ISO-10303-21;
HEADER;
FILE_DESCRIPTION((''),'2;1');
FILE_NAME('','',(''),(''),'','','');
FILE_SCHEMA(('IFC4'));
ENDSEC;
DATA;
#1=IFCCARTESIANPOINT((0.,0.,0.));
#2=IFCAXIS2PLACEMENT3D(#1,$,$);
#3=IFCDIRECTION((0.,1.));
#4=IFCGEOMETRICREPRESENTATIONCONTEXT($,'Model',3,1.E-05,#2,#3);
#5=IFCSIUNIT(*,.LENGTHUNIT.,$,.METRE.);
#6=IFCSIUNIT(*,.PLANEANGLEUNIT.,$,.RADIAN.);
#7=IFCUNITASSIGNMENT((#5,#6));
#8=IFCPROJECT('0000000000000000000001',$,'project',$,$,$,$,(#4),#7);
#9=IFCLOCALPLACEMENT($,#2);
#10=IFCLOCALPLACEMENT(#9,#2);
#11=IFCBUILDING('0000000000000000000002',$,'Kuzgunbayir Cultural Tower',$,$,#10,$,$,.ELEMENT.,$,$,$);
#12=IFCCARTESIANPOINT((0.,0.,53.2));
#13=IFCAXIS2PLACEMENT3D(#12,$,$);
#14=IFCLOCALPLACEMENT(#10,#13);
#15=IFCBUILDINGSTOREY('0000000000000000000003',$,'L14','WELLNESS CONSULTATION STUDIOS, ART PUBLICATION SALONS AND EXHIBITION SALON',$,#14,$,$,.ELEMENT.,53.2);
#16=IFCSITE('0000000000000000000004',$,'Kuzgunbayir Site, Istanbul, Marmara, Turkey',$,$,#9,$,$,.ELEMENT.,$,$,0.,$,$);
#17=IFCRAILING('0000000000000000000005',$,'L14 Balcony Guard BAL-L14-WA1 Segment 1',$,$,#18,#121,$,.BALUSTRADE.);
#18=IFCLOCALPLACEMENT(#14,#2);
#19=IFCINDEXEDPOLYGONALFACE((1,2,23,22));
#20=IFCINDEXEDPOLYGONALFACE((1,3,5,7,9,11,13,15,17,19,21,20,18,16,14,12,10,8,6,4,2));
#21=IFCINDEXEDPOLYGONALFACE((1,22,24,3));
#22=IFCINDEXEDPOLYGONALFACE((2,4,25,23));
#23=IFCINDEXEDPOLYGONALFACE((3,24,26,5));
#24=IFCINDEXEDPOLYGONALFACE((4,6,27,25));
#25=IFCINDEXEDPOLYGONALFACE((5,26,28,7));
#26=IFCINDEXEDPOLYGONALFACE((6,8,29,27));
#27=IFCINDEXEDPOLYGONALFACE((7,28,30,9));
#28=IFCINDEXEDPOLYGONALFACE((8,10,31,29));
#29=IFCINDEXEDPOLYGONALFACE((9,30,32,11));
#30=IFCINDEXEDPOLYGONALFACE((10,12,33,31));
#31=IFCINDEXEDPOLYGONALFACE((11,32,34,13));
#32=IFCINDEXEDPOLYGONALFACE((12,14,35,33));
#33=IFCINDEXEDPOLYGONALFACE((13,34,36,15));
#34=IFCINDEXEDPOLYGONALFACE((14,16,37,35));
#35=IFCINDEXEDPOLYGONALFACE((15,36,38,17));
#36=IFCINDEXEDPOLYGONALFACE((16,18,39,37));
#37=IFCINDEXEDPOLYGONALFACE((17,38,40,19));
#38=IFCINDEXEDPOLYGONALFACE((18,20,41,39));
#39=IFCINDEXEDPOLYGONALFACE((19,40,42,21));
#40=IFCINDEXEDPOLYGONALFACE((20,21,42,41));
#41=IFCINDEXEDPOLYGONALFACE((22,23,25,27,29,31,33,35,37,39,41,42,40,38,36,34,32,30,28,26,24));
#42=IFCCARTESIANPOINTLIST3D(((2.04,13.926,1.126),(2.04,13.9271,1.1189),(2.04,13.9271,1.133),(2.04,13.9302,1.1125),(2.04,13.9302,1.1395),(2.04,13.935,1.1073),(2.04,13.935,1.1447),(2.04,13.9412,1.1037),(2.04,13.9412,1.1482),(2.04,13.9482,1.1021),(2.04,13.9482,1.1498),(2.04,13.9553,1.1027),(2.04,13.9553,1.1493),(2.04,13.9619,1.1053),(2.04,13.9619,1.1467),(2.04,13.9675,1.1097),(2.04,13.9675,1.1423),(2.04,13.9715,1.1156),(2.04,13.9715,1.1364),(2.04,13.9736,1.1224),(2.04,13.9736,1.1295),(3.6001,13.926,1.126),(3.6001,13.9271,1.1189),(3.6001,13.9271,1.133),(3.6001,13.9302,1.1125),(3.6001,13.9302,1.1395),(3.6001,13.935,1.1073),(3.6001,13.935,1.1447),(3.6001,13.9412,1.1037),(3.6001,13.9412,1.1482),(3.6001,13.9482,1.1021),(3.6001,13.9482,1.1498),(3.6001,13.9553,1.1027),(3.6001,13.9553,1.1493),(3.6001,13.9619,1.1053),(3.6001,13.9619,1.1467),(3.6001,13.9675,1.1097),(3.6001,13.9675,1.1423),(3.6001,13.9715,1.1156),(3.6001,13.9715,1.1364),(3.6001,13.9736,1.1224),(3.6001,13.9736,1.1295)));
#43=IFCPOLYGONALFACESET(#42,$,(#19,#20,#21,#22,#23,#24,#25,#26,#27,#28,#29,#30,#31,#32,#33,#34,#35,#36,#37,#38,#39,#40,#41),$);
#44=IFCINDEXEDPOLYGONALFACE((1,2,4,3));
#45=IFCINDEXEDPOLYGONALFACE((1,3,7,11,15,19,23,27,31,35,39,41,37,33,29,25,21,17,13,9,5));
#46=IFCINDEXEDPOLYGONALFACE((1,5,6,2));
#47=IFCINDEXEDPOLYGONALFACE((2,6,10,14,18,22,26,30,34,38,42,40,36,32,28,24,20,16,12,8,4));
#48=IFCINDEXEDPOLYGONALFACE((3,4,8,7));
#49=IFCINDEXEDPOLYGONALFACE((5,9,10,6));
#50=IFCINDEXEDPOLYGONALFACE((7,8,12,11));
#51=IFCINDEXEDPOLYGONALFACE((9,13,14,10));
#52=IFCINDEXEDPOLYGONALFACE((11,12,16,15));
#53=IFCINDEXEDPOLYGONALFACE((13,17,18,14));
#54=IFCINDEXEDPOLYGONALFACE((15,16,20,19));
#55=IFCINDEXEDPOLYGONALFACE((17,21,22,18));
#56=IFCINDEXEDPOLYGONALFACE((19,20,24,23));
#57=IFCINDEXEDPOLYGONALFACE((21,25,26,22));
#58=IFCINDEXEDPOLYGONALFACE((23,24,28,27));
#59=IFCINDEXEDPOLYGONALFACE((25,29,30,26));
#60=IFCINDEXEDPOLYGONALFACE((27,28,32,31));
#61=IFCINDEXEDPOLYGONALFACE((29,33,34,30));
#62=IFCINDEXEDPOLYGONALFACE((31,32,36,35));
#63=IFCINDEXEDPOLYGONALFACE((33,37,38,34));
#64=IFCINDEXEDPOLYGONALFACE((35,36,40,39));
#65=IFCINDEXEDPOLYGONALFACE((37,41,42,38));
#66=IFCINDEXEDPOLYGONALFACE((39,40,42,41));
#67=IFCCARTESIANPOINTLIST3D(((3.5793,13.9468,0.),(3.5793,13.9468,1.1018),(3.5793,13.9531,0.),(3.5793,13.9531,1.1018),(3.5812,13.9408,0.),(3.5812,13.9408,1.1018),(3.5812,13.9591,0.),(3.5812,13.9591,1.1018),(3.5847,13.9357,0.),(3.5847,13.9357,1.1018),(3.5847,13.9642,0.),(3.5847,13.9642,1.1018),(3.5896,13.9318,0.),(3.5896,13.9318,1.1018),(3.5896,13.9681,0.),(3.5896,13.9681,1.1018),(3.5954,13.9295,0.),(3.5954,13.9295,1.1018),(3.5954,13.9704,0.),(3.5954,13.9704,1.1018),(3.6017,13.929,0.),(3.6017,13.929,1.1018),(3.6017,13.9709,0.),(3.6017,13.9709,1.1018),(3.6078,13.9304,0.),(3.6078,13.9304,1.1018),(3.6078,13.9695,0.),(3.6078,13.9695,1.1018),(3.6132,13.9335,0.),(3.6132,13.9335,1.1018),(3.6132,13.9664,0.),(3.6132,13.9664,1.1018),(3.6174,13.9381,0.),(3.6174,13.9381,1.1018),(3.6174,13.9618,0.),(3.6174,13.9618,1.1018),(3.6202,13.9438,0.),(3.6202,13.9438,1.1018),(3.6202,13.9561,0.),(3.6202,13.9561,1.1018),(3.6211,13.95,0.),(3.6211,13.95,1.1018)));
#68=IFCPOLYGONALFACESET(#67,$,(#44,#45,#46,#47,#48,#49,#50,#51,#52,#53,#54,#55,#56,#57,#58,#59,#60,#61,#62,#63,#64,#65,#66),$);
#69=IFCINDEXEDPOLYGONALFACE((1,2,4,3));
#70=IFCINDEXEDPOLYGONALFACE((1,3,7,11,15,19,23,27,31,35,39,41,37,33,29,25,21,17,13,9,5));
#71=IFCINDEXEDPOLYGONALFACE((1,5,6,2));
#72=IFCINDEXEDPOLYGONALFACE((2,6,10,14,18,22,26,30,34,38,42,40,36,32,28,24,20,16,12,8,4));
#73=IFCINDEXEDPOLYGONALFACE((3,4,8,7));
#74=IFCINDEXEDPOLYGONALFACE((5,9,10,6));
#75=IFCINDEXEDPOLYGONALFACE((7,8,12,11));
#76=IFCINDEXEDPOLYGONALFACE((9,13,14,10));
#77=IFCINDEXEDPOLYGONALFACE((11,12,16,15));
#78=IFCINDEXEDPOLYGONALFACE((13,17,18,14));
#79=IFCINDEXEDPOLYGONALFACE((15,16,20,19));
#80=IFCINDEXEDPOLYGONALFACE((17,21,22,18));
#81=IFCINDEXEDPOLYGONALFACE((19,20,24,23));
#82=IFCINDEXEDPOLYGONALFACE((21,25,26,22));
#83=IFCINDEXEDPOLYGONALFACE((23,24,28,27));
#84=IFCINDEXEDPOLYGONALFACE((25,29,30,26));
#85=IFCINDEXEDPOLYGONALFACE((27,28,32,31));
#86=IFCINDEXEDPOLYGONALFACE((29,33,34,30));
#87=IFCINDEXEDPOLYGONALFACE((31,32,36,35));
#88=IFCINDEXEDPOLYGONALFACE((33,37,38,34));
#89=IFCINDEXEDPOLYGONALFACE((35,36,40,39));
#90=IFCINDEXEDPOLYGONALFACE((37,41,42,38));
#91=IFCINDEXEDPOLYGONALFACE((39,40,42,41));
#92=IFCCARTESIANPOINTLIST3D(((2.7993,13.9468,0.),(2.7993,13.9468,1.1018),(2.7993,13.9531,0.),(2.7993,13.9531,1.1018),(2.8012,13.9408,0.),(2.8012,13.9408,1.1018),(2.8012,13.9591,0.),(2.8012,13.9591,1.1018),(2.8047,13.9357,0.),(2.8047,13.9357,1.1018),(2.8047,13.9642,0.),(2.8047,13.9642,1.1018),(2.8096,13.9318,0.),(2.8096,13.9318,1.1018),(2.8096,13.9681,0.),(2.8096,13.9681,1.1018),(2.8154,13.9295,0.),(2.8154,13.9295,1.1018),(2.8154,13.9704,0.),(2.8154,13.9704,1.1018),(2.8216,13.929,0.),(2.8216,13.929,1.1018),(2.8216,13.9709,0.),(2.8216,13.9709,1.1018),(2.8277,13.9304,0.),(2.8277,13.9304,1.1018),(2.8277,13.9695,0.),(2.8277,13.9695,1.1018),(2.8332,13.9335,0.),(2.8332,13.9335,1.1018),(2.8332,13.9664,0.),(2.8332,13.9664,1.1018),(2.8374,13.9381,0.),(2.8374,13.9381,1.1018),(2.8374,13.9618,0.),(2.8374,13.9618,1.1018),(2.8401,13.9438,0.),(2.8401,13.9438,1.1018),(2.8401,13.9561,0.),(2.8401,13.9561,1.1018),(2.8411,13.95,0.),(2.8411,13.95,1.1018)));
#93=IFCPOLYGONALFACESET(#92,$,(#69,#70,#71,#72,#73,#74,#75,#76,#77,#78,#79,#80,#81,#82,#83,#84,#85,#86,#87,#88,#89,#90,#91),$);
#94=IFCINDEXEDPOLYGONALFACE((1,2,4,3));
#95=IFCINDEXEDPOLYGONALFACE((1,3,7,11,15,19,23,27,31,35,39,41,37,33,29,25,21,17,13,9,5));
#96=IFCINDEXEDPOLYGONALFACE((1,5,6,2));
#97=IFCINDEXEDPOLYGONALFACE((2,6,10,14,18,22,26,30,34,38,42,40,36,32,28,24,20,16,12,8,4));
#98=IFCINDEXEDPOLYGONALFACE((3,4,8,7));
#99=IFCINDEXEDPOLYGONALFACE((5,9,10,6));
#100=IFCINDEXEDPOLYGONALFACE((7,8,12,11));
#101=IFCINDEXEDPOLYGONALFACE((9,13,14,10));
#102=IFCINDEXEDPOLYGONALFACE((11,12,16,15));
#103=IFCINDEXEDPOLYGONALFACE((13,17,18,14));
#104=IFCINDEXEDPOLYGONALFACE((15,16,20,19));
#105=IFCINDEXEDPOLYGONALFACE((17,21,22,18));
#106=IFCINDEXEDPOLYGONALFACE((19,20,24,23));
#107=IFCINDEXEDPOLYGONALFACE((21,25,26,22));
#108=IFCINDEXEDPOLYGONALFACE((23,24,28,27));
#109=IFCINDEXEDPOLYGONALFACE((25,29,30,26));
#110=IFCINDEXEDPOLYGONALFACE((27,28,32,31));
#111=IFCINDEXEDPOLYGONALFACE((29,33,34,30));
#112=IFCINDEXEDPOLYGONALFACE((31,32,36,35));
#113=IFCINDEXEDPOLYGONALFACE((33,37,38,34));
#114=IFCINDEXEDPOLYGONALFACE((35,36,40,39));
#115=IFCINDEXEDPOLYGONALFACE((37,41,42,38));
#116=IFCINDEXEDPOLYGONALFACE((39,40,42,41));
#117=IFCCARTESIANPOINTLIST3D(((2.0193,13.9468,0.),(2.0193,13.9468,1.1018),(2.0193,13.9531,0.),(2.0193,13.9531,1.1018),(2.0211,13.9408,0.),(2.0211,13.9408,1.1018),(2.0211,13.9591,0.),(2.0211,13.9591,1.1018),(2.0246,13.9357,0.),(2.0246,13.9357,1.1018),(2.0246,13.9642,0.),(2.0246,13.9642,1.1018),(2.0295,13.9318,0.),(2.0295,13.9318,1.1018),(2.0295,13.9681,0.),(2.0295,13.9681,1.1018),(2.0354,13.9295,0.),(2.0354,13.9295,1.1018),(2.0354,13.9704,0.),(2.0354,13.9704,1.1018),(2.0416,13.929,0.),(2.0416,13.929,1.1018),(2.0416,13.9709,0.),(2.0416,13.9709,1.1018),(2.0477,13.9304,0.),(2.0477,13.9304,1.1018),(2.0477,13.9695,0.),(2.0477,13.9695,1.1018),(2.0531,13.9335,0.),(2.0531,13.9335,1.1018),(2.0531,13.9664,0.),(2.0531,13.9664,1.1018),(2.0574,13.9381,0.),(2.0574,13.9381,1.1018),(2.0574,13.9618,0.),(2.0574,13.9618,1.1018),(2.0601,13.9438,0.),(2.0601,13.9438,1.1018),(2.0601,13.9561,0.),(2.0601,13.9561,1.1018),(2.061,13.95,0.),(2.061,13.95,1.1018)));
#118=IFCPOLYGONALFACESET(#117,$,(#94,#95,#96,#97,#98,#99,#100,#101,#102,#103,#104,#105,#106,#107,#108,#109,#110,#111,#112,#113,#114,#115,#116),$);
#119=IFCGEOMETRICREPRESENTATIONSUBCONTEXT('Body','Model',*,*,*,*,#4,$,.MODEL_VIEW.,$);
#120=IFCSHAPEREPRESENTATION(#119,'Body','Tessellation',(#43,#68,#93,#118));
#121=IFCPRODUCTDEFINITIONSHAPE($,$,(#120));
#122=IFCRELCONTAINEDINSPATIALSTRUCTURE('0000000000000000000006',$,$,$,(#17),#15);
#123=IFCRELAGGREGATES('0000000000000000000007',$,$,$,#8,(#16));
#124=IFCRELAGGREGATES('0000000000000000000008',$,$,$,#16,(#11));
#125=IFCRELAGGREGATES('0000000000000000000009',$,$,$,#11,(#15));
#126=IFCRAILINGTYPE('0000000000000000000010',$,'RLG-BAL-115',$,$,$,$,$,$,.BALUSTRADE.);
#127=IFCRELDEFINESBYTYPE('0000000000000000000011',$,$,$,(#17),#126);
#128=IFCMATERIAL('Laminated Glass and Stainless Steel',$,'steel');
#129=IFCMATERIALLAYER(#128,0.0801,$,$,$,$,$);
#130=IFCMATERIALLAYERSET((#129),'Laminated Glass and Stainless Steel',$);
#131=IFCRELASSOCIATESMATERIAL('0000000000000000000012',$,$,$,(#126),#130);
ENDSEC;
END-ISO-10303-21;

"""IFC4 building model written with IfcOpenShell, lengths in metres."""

from ifc_helpers import new_model, si_unit, direction, frame, origin, origin_2d, place, context, subcontext, project, spatial, circle, extrude, material, layer, layer_set, type_object, element, save


model = new_model("IFC4")

# Units and contexts
model_context = context("Model", 3, precision=1e-05, world=origin(), true_north=direction((0.0, 1.0)))
body_context = subcontext(model_context, "Body", "Model", "MODEL_VIEW")
ifc_project = project(units=[si_unit("LENGTHUNIT", "METRE"), si_unit("PLANEANGLEUNIT", "RADIAN")], contexts=[model_context])

# Site, building, storey
site_placement = place(None, origin())
site = spatial("IfcSite", under=ifc_project, at=site_placement, Name="Kuzgunbayir Site, Istanbul, Marmara, Turkey", CompositionType="ELEMENT", RefElevation=0.0)
building_placement = place(site_placement, origin())
building = spatial("IfcBuilding", under=site, at=building_placement, Name="Kuzgunbayir Cultural Tower", CompositionType="ELEMENT")
storey_placement = place(building_placement, frame((0.0, 0.0, 53.2)))
storey = spatial("IfcBuildingStorey", under=building, at=storey_placement, Name="L14", Description="WELLNESS CONSULTATION STUDIOS, ART PUBLICATION SALONS AND EXHIBITION SALON", CompositionType="ELEMENT", Elevation=53.2)

# Railing
ifc_material_1 = material(Name="Laminated Glass and Stainless Steel", Category="steel")
ifc_layer_1 = layer(ifc_material_1, 0.0801)
ifc_layer_set_1 = layer_set([ifc_layer_1], Name="Laminated Glass and Stainless Steel")
railing_type = type_object("IfcRailingType", Name="RLG-BAL-115", PredefinedType="BALUSTRADE", material=ifc_layer_set_1)
railing_1_placement = place(storey_placement, frame((3.6001, 13.95, 0.0)))
element("IfcRailing", 1, at=railing_1_placement, inside=storey, type_object=railing_type, Name="L14 Balcony Guard BAL-L14-WA1 Segment 1", PredefinedType="BALUSTRADE", context=body_context, shape_type="SweptSolid", body=[
    extrude(circle(Radius=0.0239, at=origin_2d()), frame((0.0, 0.0, 1.126), z_axis=(-1.0, 0.0, 0.0), x_axis=(0.0, -1.0, 0.0)), (0.0, 0.0, 1.0), 1.5601),
    extrude(circle(Radius=0.021, at=origin_2d()), origin(), (0.0, 0.0, 1.0), 1.1018),
    extrude(circle(Radius=0.021, at=origin_2d()), frame((-0.78, 0.0, 0.0)), (0.0, 0.0, 1.0), 1.1018),
    extrude(circle(Radius=0.021, at=origin_2d()), frame((-1.5601, 0.0, 0.0)), (0.0, 0.0, 1.0), 1.1018),
])

save(model, "model.ifc")
